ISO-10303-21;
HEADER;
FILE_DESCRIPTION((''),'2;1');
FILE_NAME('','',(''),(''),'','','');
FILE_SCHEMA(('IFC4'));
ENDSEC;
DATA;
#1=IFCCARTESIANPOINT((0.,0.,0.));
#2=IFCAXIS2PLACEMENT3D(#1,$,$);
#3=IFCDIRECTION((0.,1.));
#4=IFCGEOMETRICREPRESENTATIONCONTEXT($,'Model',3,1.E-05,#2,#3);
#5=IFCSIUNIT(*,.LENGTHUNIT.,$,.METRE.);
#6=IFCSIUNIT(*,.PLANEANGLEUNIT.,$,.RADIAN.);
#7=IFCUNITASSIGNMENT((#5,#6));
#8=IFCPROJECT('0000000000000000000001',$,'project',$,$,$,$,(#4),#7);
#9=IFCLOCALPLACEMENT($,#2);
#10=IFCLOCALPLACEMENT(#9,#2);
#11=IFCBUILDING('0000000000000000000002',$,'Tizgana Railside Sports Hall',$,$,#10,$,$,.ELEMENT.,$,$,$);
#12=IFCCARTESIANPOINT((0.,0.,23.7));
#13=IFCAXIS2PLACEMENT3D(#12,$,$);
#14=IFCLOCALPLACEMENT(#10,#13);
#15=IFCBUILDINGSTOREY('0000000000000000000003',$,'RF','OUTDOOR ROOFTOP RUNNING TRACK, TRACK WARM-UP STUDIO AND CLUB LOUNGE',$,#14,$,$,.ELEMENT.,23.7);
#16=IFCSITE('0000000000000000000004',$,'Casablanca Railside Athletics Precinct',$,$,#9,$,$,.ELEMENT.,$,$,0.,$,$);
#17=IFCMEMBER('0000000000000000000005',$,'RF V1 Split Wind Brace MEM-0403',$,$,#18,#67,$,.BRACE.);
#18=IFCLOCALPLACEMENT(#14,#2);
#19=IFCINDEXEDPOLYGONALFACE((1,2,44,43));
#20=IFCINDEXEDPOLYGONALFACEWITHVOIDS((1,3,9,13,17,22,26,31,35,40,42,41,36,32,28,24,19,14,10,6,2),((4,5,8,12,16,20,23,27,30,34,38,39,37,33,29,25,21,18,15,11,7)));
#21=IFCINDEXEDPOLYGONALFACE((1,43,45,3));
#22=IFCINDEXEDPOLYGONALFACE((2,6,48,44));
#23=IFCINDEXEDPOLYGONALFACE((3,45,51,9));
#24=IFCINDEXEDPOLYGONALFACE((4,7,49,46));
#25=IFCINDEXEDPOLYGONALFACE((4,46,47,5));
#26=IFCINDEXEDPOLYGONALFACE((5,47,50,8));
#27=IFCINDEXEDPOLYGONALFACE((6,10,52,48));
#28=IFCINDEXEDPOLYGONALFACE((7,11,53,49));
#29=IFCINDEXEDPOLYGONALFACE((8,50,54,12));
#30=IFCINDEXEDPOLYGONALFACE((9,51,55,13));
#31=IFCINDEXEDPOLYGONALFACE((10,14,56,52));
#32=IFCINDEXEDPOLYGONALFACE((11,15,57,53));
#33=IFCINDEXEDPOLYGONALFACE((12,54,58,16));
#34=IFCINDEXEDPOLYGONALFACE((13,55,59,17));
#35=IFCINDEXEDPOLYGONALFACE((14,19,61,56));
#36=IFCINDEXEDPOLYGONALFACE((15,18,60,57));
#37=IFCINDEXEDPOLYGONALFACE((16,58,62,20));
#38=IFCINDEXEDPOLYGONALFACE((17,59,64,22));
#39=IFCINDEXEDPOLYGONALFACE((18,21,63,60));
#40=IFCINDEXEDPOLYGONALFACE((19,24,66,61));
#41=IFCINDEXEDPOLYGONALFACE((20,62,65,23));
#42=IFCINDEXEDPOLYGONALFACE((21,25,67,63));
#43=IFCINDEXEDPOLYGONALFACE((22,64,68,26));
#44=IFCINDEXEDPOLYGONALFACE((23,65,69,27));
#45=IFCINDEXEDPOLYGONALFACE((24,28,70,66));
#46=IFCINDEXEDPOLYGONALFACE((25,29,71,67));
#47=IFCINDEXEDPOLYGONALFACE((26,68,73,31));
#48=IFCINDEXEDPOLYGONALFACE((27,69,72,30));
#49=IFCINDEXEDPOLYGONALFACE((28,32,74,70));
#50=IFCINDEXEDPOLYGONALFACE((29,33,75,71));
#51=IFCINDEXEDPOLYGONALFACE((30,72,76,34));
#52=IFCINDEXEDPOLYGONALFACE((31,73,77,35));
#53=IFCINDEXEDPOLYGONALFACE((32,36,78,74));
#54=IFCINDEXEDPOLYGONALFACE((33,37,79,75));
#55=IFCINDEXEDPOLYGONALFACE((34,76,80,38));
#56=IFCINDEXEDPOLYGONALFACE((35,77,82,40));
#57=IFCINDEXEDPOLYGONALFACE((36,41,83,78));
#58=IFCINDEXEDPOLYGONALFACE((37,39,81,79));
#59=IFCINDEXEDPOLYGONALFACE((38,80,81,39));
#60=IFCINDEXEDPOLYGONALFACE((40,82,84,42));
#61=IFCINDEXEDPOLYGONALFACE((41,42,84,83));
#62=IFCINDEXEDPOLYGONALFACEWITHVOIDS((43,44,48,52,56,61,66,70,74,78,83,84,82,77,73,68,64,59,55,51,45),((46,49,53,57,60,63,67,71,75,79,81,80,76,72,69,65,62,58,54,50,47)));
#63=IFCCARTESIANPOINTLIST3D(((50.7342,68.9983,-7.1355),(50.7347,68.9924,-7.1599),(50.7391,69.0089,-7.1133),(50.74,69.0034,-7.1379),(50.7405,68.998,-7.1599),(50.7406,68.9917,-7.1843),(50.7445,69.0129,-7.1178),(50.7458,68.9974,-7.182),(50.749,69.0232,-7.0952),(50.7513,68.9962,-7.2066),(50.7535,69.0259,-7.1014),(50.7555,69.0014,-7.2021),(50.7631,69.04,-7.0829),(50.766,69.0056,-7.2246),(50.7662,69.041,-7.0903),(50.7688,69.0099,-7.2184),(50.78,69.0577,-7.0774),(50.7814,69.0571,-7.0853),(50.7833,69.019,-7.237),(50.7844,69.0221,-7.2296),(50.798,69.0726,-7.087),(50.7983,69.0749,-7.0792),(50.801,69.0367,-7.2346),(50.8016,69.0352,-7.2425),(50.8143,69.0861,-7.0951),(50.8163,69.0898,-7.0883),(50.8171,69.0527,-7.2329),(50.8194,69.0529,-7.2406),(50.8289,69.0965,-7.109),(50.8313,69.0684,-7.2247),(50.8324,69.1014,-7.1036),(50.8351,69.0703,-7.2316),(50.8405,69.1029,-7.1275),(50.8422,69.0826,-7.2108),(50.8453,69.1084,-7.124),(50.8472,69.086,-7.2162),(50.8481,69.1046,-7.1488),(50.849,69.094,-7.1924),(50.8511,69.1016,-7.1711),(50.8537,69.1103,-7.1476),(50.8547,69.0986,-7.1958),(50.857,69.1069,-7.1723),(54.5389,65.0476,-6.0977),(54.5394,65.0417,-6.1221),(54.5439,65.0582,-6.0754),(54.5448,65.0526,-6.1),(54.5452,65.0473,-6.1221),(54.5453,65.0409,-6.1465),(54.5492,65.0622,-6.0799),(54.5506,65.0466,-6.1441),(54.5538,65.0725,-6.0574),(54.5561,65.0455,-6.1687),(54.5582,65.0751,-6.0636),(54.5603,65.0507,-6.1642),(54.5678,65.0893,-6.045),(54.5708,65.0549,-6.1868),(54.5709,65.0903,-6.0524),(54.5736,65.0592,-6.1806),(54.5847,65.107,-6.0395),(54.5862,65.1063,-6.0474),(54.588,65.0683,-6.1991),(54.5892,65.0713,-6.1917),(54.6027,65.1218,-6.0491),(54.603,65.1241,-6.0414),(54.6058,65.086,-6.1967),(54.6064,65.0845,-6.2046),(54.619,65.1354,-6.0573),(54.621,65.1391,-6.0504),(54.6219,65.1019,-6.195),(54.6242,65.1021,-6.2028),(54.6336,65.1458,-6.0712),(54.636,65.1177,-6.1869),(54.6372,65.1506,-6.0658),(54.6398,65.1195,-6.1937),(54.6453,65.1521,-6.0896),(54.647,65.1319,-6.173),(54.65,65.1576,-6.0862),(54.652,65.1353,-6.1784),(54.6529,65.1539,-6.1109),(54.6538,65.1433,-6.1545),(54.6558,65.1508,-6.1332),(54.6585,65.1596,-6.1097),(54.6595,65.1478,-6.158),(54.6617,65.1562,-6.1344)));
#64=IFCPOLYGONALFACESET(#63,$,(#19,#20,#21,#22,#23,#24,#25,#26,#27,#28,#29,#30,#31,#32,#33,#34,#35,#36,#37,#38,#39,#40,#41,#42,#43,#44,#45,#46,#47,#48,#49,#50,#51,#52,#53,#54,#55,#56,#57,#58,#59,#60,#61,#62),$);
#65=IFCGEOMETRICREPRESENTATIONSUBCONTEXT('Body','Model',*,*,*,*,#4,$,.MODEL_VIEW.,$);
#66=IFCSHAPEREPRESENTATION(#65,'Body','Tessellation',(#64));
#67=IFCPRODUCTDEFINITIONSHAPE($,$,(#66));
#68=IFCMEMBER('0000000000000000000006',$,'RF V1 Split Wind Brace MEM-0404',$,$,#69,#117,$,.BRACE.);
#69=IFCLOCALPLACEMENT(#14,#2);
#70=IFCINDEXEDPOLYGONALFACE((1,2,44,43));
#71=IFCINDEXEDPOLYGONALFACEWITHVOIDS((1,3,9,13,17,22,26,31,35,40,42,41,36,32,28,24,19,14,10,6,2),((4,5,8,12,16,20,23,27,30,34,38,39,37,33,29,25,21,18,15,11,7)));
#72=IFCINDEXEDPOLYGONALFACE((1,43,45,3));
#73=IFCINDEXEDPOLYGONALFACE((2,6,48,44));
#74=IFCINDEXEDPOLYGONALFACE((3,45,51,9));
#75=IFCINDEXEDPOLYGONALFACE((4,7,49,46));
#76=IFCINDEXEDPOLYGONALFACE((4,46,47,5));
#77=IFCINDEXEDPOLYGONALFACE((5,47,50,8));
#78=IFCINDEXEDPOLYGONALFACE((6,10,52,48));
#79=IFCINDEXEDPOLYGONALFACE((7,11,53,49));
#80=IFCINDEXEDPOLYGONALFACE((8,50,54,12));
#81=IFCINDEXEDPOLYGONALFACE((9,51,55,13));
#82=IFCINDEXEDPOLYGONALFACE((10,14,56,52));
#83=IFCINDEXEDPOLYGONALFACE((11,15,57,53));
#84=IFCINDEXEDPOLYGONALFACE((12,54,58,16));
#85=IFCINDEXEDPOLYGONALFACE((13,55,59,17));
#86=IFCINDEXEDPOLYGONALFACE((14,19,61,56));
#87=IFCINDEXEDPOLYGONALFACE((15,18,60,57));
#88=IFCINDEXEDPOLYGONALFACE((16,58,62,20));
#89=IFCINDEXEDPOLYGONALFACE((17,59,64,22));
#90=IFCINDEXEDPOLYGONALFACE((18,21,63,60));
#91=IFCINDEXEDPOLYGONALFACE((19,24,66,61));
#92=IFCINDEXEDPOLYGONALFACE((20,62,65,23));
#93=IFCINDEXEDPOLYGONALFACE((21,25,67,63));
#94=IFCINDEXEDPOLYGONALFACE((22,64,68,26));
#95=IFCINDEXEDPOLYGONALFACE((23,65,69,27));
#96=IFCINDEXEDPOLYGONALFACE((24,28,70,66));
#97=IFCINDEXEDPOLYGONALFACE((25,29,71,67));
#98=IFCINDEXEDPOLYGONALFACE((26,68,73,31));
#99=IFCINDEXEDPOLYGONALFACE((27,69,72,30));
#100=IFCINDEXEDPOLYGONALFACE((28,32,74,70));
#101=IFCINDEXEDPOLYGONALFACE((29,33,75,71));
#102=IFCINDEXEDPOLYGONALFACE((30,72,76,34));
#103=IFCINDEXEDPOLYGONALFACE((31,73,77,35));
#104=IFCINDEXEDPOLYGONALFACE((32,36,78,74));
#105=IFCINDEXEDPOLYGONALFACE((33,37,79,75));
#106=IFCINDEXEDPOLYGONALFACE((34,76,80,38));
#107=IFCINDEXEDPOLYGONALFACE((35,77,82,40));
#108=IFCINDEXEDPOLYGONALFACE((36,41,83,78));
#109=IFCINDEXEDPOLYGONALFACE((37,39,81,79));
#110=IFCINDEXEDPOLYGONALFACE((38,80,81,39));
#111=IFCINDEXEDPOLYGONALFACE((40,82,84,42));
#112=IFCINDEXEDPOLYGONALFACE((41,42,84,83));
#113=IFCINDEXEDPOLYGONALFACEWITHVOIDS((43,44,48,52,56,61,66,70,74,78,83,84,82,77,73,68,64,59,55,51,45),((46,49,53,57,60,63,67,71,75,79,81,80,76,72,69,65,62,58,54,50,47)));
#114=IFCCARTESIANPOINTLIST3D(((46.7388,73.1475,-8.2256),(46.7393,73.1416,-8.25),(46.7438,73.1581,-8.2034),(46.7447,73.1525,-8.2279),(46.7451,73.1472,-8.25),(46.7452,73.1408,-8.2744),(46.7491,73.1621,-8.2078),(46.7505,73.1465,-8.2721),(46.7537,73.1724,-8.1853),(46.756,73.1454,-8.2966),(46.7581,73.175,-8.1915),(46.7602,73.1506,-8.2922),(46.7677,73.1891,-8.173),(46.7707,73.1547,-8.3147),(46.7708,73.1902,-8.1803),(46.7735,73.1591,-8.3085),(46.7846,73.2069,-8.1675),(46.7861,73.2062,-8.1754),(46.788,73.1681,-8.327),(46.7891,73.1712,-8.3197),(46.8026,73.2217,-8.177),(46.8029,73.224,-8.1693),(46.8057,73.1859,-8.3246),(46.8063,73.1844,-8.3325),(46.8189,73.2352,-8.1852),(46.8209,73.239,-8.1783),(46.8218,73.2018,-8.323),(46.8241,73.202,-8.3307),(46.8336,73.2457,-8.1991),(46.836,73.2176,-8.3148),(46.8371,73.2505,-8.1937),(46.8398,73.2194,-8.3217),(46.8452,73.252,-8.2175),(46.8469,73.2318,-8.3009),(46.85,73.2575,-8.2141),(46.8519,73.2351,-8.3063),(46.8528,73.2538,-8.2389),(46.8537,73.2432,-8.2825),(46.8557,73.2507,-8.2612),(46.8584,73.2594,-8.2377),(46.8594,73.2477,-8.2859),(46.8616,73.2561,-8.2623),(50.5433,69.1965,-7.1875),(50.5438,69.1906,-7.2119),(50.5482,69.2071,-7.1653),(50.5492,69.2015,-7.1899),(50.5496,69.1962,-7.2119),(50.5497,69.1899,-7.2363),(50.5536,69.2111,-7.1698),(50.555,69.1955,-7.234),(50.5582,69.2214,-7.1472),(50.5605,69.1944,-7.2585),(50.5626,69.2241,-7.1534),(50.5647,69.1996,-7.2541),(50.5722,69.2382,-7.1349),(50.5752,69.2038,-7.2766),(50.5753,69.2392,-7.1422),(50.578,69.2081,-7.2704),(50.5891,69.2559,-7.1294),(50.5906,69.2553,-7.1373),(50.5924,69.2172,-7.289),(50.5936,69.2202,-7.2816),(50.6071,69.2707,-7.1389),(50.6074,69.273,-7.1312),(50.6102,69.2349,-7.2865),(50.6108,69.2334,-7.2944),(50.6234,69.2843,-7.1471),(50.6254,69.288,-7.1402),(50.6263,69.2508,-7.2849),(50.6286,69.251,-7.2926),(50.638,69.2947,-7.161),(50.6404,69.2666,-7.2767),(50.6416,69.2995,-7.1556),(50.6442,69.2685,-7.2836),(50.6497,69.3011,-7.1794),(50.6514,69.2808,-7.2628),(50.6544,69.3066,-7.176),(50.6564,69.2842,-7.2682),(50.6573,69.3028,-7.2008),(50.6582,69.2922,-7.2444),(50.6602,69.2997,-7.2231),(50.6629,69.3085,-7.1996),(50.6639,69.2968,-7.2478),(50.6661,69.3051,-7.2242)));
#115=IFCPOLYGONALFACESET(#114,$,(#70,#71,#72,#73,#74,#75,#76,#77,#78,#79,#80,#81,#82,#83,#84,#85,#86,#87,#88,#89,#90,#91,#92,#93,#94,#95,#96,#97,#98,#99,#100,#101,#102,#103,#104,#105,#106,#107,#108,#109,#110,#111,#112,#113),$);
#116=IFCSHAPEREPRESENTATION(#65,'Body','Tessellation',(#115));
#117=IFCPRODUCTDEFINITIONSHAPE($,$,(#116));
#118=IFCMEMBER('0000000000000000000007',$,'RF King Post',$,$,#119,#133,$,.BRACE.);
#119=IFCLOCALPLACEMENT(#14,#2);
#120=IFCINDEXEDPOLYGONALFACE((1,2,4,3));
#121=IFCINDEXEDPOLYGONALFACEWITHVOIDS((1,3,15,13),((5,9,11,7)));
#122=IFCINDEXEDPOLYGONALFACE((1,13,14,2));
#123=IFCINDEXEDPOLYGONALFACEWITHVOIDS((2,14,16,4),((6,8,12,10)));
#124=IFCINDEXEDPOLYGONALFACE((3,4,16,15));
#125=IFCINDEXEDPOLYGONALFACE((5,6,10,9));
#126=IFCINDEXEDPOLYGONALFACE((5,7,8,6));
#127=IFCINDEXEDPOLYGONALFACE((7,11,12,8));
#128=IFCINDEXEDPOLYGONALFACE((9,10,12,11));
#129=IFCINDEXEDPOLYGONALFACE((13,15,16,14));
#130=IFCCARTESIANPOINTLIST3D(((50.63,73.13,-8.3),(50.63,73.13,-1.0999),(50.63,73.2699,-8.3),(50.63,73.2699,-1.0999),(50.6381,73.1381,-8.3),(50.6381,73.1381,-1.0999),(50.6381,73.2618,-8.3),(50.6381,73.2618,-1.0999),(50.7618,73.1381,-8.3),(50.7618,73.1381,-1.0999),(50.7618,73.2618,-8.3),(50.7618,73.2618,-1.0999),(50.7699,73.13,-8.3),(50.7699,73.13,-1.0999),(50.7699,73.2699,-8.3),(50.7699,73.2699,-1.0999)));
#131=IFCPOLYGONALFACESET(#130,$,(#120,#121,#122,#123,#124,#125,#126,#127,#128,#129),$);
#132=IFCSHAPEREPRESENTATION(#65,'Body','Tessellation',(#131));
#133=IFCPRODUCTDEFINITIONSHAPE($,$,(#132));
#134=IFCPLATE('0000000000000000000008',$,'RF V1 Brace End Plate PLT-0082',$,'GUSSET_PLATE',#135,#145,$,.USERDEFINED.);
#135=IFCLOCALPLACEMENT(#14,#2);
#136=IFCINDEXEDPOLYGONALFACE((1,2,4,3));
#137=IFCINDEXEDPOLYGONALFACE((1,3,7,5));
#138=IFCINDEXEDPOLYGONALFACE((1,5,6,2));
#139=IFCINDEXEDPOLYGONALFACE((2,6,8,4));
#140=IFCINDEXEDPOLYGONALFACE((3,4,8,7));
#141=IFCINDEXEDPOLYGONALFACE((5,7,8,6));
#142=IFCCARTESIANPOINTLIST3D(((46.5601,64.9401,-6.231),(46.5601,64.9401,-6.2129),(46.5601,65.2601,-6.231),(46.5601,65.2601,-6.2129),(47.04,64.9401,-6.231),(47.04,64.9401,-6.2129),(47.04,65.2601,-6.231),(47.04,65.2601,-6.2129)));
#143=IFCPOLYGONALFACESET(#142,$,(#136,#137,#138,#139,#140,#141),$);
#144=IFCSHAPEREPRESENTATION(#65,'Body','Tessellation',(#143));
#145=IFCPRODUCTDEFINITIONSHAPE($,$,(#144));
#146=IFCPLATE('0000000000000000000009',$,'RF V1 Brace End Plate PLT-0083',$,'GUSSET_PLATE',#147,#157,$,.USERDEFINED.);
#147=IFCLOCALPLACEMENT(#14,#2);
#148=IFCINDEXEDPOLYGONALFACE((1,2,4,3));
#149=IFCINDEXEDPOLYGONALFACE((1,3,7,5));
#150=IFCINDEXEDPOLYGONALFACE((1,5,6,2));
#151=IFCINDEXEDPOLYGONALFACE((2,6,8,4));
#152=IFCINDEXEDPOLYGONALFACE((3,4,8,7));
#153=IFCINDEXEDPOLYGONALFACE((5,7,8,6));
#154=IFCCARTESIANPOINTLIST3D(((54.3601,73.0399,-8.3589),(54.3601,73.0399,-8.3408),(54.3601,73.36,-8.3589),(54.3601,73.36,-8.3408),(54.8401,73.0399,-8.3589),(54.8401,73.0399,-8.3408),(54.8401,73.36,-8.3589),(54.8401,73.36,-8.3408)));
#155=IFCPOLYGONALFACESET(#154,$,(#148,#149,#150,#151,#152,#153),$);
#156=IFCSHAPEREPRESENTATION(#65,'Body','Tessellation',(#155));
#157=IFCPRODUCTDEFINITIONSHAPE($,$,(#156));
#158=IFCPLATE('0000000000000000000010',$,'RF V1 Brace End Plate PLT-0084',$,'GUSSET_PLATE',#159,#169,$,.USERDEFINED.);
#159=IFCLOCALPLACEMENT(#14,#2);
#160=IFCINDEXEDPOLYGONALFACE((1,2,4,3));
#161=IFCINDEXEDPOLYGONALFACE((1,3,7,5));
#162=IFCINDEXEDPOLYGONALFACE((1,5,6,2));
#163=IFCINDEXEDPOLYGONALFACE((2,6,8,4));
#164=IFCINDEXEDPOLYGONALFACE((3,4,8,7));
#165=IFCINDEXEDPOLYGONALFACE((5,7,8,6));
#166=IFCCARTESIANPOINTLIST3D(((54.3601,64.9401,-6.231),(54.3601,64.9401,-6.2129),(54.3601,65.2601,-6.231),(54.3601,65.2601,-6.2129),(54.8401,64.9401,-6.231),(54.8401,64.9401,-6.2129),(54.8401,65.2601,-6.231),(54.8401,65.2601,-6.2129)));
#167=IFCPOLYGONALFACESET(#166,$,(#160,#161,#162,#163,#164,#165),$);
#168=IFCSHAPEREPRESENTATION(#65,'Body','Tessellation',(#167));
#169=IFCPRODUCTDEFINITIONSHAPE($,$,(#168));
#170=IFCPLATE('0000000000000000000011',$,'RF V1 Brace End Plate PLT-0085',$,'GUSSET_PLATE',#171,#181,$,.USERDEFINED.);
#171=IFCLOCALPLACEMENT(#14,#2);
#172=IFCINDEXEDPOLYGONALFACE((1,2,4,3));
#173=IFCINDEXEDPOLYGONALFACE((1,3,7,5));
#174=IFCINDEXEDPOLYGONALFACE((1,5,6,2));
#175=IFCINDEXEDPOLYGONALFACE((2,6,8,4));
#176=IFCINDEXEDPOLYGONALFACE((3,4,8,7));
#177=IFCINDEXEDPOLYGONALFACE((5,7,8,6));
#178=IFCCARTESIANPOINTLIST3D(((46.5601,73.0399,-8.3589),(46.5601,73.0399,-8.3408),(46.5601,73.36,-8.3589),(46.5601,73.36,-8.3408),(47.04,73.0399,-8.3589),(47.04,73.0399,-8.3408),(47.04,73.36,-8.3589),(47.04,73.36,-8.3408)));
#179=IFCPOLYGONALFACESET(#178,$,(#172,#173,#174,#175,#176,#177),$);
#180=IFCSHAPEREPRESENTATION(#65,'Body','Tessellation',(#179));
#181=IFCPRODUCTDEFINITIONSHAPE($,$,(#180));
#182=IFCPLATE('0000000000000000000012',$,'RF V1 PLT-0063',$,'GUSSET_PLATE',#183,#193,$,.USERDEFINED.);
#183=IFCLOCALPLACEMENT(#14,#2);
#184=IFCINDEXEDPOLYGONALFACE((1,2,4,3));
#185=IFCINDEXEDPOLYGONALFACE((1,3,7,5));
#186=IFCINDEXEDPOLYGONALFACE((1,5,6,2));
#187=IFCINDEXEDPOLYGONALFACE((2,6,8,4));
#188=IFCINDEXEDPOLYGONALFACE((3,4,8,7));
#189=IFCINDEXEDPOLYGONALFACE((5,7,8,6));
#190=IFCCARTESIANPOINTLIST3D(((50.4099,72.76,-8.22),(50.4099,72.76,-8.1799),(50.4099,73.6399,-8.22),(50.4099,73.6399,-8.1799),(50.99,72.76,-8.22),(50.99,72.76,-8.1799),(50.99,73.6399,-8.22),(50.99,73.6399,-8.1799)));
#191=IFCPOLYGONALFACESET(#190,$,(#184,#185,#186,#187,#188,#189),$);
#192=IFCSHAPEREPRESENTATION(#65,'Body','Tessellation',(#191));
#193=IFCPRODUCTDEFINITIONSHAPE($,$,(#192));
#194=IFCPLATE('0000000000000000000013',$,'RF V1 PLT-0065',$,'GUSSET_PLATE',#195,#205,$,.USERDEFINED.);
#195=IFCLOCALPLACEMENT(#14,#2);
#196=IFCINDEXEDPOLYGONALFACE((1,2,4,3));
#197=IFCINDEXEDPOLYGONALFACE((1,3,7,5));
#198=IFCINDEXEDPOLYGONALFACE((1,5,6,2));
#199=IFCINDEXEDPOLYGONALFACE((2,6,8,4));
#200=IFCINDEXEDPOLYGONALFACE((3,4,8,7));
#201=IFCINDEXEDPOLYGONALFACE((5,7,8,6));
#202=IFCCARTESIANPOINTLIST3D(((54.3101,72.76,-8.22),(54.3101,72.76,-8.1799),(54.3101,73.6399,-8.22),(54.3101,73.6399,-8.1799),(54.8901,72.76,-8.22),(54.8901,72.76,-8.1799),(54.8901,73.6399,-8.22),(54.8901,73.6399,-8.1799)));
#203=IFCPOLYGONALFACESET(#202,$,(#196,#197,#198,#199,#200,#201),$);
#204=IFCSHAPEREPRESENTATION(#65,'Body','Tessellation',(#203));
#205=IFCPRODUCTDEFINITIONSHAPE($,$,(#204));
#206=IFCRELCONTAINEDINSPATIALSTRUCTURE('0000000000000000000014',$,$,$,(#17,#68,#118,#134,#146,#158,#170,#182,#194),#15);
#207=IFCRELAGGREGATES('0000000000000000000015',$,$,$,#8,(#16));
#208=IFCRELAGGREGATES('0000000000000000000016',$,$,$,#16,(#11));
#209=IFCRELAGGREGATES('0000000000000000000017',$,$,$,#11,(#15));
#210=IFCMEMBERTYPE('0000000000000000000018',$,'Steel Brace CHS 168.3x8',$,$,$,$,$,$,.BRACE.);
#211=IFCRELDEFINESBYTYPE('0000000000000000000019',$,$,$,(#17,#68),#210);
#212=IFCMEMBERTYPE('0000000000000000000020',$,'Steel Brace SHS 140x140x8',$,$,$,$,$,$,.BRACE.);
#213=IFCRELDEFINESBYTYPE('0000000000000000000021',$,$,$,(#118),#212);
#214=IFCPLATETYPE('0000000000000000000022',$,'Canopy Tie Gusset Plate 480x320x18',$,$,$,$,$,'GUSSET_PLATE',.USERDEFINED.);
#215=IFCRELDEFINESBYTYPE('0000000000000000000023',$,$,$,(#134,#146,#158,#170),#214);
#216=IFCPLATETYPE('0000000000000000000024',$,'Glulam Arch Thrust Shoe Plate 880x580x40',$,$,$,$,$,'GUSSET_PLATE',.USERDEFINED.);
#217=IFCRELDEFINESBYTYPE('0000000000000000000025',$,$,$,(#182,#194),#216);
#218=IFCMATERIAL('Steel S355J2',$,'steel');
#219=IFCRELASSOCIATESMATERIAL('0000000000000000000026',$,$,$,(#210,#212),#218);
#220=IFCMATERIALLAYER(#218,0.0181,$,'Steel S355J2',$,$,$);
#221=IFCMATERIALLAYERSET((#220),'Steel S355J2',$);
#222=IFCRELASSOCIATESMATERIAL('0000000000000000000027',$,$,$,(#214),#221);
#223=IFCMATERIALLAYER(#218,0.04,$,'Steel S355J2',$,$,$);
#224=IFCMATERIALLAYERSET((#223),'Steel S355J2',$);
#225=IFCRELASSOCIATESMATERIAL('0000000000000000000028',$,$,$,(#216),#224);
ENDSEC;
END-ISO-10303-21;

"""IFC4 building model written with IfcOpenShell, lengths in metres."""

from ifc_helpers import new_model, si_unit, direction, frame, origin, origin_2d, place, context, subcontext, project, spatial, rectangle, hollow_rectangle, hollow_circle, extrude, material, layer, layer_set, material_profile, profile_set, type_object, element, save


model = new_model("IFC4")

# Units and contexts
model_context = context("Model", 3, precision=1e-05, world=origin(), true_north=direction((0.0, 1.0)))
body_context = subcontext(model_context, "Body", "Model", "MODEL_VIEW")
ifc_project = project(units=[si_unit("LENGTHUNIT", "METRE"), si_unit("PLANEANGLEUNIT", "RADIAN")], contexts=[model_context])

# Site, building, storey
site_placement = place(None, origin())
site = spatial("IfcSite", under=ifc_project, at=site_placement, Name="Casablanca Railside Athletics Precinct", CompositionType="ELEMENT", RefElevation=0.0)
building_placement = place(site_placement, origin())
building = spatial("IfcBuilding", under=site, at=building_placement, Name="Tizgana Railside Sports Hall", CompositionType="ELEMENT")
storey_placement = place(building_placement, frame((0.0, 0.0, 23.7)))
storey = spatial("IfcBuildingStorey", under=building, at=storey_placement, Name="RF", Description="OUTDOOR ROOFTOP RUNNING TRACK, TRACK WARM-UP STUDIO AND CLUB LOUNGE", CompositionType="ELEMENT", Elevation=23.7)

# Members
ifc_material_1 = material(Name="Steel S355J2", Category="steel")
ifc_material_profile_1 = material_profile(ifc_material_1, hollow_circle(Radius=0.0842, WallThickness=0.0081, at=origin_2d()), Name="CHS 168.3x8")
ifc_profile_set_1 = profile_set([ifc_material_profile_1], Name="Steel S355J2")
member_type_1 = type_object("IfcMemberType", Name="Steel Brace CHS 168.3x8", PredefinedType="BRACE", material=ifc_profile_set_1)
for number, where, z_axis, x_axis, name in (
    (1, (54.6001, 65.1001, -6.1221), (-0.681578, 0.707732, -0.185921), (-0.720291, -0.693672, 0.0), "RF V1 Split Wind Brace MEM-0403"),
    (2, (50.6045, 69.249, -7.2119), (-0.681528, 0.707769, -0.185963), (-0.720334, -0.693627, 0.0), "RF V1 Split Wind Brace MEM-0404"),
):
    element("IfcMember", number, at=place(storey_placement, frame(where, z_axis=z_axis, x_axis=x_axis)), inside=storey, type_object=member_type_1, Name=name, PredefinedType="BRACE", context=body_context, shape_type="SweptSolid", body=[
        extrude(hollow_circle(Radius=0.0842, WallThickness=0.0081, at=origin_2d()), origin(), (0.0, 0.0, 1.0), 5.5823),
    ])
ifc_material_profile_2 = material_profile(ifc_material_1, hollow_rectangle(XDim=0.1399, YDim=0.1399, WallThickness=0.0081, at=origin_2d()), Name="SHS 140x140x8")
ifc_profile_set_2 = profile_set([ifc_material_profile_2], Name="Steel S355J2")
member_type_2 = type_object("IfcMemberType", Name="Steel Brace SHS 140x140x8", PredefinedType="BRACE", material=ifc_profile_set_2)
member_1_placement = place(storey_placement, frame((50.7, 73.2, -8.3), z_axis=(0.0, 0.0, 1.0), x_axis=(1.0, 0.0, 0.0)))
element("IfcMember", 3, at=member_1_placement, inside=storey, type_object=member_type_2, Name="RF King Post", PredefinedType="BRACE", context=body_context, shape_type="SweptSolid", body=[
    extrude(hollow_rectangle(XDim=0.1399, YDim=0.1399, WallThickness=0.0081, at=origin_2d()), origin(), (0.0, 0.0, 1.0), 7.2002),
])

# Plates
ifc_layer_1 = layer(ifc_material_1, 0.0181, Name="Steel S355J2")
ifc_layer_set_1 = layer_set([ifc_layer_1], Name="Steel S355J2")
plate_type_1 = type_object("IfcPlateType", Name="Canopy Tie Gusset Plate 480x320x18", ElementType="GUSSET_PLATE", PredefinedType="USERDEFINED", material=ifc_layer_set_1)
for number, where, z_axis, x_axis, name in (
    (4, (46.8, 65.1001, -6.231), (0.0, 0.0, 1.0), (1.0, 0.0, 0.0), "RF V1 Brace End Plate PLT-0082"),
    (5, (54.6001, 73.2, -8.3589), (0.0, 0.0, 1.0), (1.0, 0.0, 0.0), "RF V1 Brace End Plate PLT-0083"),
    (6, (54.6001, 65.1001, -6.231), (0.0, 0.0, 1.0), (1.0, 0.0, 0.0), "RF V1 Brace End Plate PLT-0084"),
    (7, (46.8, 73.2, -8.3589), (0.0, 0.0, 1.0), (1.0, 0.0, 0.0), "RF V1 Brace End Plate PLT-0085"),
):
    element("IfcPlate", number, at=place(storey_placement, frame(where, z_axis=z_axis, x_axis=x_axis)), inside=storey, type_object=plate_type_1, Name=name, ObjectType="GUSSET_PLATE", PredefinedType="USERDEFINED", context=body_context, shape_type="SweptSolid", body=[
        extrude(rectangle(XDim=0.48, YDim=0.3201, at=origin_2d()), origin(), (0.0, 0.0, 1.0), 0.0181),
    ])
ifc_layer_2 = layer(ifc_material_1, 0.04, Name="Steel S355J2")
ifc_layer_set_2 = layer_set([ifc_layer_2], Name="Steel S355J2")
plate_type_2 = type_object("IfcPlateType", Name="Glulam Arch Thrust Shoe Plate 880x580x40", ElementType="GUSSET_PLATE", PredefinedType="USERDEFINED", material=ifc_layer_set_2)
for number, where, z_axis, x_axis, name in (
    (8, (50.7, 73.2, -8.22), (0.0, 0.0, 1.0), (1.0, 0.0, 0.0), "RF V1 PLT-0063"),
    (9, (54.6001, 73.2, -8.22), (0.0, 0.0, 1.0), (1.0, 0.0, 0.0), "RF V1 PLT-0065"),
):
    element("IfcPlate", number, at=place(storey_placement, frame(where, z_axis=z_axis, x_axis=x_axis)), inside=storey, type_object=plate_type_2, Name=name, ObjectType="GUSSET_PLATE", PredefinedType="USERDEFINED", context=body_context, shape_type="SweptSolid", body=[
        extrude(rectangle(XDim=0.5801, YDim=0.8799, at=origin_2d()), origin(), (0.0, 0.0, 1.0), 0.04),
    ])

save(model, "model.ifc")
